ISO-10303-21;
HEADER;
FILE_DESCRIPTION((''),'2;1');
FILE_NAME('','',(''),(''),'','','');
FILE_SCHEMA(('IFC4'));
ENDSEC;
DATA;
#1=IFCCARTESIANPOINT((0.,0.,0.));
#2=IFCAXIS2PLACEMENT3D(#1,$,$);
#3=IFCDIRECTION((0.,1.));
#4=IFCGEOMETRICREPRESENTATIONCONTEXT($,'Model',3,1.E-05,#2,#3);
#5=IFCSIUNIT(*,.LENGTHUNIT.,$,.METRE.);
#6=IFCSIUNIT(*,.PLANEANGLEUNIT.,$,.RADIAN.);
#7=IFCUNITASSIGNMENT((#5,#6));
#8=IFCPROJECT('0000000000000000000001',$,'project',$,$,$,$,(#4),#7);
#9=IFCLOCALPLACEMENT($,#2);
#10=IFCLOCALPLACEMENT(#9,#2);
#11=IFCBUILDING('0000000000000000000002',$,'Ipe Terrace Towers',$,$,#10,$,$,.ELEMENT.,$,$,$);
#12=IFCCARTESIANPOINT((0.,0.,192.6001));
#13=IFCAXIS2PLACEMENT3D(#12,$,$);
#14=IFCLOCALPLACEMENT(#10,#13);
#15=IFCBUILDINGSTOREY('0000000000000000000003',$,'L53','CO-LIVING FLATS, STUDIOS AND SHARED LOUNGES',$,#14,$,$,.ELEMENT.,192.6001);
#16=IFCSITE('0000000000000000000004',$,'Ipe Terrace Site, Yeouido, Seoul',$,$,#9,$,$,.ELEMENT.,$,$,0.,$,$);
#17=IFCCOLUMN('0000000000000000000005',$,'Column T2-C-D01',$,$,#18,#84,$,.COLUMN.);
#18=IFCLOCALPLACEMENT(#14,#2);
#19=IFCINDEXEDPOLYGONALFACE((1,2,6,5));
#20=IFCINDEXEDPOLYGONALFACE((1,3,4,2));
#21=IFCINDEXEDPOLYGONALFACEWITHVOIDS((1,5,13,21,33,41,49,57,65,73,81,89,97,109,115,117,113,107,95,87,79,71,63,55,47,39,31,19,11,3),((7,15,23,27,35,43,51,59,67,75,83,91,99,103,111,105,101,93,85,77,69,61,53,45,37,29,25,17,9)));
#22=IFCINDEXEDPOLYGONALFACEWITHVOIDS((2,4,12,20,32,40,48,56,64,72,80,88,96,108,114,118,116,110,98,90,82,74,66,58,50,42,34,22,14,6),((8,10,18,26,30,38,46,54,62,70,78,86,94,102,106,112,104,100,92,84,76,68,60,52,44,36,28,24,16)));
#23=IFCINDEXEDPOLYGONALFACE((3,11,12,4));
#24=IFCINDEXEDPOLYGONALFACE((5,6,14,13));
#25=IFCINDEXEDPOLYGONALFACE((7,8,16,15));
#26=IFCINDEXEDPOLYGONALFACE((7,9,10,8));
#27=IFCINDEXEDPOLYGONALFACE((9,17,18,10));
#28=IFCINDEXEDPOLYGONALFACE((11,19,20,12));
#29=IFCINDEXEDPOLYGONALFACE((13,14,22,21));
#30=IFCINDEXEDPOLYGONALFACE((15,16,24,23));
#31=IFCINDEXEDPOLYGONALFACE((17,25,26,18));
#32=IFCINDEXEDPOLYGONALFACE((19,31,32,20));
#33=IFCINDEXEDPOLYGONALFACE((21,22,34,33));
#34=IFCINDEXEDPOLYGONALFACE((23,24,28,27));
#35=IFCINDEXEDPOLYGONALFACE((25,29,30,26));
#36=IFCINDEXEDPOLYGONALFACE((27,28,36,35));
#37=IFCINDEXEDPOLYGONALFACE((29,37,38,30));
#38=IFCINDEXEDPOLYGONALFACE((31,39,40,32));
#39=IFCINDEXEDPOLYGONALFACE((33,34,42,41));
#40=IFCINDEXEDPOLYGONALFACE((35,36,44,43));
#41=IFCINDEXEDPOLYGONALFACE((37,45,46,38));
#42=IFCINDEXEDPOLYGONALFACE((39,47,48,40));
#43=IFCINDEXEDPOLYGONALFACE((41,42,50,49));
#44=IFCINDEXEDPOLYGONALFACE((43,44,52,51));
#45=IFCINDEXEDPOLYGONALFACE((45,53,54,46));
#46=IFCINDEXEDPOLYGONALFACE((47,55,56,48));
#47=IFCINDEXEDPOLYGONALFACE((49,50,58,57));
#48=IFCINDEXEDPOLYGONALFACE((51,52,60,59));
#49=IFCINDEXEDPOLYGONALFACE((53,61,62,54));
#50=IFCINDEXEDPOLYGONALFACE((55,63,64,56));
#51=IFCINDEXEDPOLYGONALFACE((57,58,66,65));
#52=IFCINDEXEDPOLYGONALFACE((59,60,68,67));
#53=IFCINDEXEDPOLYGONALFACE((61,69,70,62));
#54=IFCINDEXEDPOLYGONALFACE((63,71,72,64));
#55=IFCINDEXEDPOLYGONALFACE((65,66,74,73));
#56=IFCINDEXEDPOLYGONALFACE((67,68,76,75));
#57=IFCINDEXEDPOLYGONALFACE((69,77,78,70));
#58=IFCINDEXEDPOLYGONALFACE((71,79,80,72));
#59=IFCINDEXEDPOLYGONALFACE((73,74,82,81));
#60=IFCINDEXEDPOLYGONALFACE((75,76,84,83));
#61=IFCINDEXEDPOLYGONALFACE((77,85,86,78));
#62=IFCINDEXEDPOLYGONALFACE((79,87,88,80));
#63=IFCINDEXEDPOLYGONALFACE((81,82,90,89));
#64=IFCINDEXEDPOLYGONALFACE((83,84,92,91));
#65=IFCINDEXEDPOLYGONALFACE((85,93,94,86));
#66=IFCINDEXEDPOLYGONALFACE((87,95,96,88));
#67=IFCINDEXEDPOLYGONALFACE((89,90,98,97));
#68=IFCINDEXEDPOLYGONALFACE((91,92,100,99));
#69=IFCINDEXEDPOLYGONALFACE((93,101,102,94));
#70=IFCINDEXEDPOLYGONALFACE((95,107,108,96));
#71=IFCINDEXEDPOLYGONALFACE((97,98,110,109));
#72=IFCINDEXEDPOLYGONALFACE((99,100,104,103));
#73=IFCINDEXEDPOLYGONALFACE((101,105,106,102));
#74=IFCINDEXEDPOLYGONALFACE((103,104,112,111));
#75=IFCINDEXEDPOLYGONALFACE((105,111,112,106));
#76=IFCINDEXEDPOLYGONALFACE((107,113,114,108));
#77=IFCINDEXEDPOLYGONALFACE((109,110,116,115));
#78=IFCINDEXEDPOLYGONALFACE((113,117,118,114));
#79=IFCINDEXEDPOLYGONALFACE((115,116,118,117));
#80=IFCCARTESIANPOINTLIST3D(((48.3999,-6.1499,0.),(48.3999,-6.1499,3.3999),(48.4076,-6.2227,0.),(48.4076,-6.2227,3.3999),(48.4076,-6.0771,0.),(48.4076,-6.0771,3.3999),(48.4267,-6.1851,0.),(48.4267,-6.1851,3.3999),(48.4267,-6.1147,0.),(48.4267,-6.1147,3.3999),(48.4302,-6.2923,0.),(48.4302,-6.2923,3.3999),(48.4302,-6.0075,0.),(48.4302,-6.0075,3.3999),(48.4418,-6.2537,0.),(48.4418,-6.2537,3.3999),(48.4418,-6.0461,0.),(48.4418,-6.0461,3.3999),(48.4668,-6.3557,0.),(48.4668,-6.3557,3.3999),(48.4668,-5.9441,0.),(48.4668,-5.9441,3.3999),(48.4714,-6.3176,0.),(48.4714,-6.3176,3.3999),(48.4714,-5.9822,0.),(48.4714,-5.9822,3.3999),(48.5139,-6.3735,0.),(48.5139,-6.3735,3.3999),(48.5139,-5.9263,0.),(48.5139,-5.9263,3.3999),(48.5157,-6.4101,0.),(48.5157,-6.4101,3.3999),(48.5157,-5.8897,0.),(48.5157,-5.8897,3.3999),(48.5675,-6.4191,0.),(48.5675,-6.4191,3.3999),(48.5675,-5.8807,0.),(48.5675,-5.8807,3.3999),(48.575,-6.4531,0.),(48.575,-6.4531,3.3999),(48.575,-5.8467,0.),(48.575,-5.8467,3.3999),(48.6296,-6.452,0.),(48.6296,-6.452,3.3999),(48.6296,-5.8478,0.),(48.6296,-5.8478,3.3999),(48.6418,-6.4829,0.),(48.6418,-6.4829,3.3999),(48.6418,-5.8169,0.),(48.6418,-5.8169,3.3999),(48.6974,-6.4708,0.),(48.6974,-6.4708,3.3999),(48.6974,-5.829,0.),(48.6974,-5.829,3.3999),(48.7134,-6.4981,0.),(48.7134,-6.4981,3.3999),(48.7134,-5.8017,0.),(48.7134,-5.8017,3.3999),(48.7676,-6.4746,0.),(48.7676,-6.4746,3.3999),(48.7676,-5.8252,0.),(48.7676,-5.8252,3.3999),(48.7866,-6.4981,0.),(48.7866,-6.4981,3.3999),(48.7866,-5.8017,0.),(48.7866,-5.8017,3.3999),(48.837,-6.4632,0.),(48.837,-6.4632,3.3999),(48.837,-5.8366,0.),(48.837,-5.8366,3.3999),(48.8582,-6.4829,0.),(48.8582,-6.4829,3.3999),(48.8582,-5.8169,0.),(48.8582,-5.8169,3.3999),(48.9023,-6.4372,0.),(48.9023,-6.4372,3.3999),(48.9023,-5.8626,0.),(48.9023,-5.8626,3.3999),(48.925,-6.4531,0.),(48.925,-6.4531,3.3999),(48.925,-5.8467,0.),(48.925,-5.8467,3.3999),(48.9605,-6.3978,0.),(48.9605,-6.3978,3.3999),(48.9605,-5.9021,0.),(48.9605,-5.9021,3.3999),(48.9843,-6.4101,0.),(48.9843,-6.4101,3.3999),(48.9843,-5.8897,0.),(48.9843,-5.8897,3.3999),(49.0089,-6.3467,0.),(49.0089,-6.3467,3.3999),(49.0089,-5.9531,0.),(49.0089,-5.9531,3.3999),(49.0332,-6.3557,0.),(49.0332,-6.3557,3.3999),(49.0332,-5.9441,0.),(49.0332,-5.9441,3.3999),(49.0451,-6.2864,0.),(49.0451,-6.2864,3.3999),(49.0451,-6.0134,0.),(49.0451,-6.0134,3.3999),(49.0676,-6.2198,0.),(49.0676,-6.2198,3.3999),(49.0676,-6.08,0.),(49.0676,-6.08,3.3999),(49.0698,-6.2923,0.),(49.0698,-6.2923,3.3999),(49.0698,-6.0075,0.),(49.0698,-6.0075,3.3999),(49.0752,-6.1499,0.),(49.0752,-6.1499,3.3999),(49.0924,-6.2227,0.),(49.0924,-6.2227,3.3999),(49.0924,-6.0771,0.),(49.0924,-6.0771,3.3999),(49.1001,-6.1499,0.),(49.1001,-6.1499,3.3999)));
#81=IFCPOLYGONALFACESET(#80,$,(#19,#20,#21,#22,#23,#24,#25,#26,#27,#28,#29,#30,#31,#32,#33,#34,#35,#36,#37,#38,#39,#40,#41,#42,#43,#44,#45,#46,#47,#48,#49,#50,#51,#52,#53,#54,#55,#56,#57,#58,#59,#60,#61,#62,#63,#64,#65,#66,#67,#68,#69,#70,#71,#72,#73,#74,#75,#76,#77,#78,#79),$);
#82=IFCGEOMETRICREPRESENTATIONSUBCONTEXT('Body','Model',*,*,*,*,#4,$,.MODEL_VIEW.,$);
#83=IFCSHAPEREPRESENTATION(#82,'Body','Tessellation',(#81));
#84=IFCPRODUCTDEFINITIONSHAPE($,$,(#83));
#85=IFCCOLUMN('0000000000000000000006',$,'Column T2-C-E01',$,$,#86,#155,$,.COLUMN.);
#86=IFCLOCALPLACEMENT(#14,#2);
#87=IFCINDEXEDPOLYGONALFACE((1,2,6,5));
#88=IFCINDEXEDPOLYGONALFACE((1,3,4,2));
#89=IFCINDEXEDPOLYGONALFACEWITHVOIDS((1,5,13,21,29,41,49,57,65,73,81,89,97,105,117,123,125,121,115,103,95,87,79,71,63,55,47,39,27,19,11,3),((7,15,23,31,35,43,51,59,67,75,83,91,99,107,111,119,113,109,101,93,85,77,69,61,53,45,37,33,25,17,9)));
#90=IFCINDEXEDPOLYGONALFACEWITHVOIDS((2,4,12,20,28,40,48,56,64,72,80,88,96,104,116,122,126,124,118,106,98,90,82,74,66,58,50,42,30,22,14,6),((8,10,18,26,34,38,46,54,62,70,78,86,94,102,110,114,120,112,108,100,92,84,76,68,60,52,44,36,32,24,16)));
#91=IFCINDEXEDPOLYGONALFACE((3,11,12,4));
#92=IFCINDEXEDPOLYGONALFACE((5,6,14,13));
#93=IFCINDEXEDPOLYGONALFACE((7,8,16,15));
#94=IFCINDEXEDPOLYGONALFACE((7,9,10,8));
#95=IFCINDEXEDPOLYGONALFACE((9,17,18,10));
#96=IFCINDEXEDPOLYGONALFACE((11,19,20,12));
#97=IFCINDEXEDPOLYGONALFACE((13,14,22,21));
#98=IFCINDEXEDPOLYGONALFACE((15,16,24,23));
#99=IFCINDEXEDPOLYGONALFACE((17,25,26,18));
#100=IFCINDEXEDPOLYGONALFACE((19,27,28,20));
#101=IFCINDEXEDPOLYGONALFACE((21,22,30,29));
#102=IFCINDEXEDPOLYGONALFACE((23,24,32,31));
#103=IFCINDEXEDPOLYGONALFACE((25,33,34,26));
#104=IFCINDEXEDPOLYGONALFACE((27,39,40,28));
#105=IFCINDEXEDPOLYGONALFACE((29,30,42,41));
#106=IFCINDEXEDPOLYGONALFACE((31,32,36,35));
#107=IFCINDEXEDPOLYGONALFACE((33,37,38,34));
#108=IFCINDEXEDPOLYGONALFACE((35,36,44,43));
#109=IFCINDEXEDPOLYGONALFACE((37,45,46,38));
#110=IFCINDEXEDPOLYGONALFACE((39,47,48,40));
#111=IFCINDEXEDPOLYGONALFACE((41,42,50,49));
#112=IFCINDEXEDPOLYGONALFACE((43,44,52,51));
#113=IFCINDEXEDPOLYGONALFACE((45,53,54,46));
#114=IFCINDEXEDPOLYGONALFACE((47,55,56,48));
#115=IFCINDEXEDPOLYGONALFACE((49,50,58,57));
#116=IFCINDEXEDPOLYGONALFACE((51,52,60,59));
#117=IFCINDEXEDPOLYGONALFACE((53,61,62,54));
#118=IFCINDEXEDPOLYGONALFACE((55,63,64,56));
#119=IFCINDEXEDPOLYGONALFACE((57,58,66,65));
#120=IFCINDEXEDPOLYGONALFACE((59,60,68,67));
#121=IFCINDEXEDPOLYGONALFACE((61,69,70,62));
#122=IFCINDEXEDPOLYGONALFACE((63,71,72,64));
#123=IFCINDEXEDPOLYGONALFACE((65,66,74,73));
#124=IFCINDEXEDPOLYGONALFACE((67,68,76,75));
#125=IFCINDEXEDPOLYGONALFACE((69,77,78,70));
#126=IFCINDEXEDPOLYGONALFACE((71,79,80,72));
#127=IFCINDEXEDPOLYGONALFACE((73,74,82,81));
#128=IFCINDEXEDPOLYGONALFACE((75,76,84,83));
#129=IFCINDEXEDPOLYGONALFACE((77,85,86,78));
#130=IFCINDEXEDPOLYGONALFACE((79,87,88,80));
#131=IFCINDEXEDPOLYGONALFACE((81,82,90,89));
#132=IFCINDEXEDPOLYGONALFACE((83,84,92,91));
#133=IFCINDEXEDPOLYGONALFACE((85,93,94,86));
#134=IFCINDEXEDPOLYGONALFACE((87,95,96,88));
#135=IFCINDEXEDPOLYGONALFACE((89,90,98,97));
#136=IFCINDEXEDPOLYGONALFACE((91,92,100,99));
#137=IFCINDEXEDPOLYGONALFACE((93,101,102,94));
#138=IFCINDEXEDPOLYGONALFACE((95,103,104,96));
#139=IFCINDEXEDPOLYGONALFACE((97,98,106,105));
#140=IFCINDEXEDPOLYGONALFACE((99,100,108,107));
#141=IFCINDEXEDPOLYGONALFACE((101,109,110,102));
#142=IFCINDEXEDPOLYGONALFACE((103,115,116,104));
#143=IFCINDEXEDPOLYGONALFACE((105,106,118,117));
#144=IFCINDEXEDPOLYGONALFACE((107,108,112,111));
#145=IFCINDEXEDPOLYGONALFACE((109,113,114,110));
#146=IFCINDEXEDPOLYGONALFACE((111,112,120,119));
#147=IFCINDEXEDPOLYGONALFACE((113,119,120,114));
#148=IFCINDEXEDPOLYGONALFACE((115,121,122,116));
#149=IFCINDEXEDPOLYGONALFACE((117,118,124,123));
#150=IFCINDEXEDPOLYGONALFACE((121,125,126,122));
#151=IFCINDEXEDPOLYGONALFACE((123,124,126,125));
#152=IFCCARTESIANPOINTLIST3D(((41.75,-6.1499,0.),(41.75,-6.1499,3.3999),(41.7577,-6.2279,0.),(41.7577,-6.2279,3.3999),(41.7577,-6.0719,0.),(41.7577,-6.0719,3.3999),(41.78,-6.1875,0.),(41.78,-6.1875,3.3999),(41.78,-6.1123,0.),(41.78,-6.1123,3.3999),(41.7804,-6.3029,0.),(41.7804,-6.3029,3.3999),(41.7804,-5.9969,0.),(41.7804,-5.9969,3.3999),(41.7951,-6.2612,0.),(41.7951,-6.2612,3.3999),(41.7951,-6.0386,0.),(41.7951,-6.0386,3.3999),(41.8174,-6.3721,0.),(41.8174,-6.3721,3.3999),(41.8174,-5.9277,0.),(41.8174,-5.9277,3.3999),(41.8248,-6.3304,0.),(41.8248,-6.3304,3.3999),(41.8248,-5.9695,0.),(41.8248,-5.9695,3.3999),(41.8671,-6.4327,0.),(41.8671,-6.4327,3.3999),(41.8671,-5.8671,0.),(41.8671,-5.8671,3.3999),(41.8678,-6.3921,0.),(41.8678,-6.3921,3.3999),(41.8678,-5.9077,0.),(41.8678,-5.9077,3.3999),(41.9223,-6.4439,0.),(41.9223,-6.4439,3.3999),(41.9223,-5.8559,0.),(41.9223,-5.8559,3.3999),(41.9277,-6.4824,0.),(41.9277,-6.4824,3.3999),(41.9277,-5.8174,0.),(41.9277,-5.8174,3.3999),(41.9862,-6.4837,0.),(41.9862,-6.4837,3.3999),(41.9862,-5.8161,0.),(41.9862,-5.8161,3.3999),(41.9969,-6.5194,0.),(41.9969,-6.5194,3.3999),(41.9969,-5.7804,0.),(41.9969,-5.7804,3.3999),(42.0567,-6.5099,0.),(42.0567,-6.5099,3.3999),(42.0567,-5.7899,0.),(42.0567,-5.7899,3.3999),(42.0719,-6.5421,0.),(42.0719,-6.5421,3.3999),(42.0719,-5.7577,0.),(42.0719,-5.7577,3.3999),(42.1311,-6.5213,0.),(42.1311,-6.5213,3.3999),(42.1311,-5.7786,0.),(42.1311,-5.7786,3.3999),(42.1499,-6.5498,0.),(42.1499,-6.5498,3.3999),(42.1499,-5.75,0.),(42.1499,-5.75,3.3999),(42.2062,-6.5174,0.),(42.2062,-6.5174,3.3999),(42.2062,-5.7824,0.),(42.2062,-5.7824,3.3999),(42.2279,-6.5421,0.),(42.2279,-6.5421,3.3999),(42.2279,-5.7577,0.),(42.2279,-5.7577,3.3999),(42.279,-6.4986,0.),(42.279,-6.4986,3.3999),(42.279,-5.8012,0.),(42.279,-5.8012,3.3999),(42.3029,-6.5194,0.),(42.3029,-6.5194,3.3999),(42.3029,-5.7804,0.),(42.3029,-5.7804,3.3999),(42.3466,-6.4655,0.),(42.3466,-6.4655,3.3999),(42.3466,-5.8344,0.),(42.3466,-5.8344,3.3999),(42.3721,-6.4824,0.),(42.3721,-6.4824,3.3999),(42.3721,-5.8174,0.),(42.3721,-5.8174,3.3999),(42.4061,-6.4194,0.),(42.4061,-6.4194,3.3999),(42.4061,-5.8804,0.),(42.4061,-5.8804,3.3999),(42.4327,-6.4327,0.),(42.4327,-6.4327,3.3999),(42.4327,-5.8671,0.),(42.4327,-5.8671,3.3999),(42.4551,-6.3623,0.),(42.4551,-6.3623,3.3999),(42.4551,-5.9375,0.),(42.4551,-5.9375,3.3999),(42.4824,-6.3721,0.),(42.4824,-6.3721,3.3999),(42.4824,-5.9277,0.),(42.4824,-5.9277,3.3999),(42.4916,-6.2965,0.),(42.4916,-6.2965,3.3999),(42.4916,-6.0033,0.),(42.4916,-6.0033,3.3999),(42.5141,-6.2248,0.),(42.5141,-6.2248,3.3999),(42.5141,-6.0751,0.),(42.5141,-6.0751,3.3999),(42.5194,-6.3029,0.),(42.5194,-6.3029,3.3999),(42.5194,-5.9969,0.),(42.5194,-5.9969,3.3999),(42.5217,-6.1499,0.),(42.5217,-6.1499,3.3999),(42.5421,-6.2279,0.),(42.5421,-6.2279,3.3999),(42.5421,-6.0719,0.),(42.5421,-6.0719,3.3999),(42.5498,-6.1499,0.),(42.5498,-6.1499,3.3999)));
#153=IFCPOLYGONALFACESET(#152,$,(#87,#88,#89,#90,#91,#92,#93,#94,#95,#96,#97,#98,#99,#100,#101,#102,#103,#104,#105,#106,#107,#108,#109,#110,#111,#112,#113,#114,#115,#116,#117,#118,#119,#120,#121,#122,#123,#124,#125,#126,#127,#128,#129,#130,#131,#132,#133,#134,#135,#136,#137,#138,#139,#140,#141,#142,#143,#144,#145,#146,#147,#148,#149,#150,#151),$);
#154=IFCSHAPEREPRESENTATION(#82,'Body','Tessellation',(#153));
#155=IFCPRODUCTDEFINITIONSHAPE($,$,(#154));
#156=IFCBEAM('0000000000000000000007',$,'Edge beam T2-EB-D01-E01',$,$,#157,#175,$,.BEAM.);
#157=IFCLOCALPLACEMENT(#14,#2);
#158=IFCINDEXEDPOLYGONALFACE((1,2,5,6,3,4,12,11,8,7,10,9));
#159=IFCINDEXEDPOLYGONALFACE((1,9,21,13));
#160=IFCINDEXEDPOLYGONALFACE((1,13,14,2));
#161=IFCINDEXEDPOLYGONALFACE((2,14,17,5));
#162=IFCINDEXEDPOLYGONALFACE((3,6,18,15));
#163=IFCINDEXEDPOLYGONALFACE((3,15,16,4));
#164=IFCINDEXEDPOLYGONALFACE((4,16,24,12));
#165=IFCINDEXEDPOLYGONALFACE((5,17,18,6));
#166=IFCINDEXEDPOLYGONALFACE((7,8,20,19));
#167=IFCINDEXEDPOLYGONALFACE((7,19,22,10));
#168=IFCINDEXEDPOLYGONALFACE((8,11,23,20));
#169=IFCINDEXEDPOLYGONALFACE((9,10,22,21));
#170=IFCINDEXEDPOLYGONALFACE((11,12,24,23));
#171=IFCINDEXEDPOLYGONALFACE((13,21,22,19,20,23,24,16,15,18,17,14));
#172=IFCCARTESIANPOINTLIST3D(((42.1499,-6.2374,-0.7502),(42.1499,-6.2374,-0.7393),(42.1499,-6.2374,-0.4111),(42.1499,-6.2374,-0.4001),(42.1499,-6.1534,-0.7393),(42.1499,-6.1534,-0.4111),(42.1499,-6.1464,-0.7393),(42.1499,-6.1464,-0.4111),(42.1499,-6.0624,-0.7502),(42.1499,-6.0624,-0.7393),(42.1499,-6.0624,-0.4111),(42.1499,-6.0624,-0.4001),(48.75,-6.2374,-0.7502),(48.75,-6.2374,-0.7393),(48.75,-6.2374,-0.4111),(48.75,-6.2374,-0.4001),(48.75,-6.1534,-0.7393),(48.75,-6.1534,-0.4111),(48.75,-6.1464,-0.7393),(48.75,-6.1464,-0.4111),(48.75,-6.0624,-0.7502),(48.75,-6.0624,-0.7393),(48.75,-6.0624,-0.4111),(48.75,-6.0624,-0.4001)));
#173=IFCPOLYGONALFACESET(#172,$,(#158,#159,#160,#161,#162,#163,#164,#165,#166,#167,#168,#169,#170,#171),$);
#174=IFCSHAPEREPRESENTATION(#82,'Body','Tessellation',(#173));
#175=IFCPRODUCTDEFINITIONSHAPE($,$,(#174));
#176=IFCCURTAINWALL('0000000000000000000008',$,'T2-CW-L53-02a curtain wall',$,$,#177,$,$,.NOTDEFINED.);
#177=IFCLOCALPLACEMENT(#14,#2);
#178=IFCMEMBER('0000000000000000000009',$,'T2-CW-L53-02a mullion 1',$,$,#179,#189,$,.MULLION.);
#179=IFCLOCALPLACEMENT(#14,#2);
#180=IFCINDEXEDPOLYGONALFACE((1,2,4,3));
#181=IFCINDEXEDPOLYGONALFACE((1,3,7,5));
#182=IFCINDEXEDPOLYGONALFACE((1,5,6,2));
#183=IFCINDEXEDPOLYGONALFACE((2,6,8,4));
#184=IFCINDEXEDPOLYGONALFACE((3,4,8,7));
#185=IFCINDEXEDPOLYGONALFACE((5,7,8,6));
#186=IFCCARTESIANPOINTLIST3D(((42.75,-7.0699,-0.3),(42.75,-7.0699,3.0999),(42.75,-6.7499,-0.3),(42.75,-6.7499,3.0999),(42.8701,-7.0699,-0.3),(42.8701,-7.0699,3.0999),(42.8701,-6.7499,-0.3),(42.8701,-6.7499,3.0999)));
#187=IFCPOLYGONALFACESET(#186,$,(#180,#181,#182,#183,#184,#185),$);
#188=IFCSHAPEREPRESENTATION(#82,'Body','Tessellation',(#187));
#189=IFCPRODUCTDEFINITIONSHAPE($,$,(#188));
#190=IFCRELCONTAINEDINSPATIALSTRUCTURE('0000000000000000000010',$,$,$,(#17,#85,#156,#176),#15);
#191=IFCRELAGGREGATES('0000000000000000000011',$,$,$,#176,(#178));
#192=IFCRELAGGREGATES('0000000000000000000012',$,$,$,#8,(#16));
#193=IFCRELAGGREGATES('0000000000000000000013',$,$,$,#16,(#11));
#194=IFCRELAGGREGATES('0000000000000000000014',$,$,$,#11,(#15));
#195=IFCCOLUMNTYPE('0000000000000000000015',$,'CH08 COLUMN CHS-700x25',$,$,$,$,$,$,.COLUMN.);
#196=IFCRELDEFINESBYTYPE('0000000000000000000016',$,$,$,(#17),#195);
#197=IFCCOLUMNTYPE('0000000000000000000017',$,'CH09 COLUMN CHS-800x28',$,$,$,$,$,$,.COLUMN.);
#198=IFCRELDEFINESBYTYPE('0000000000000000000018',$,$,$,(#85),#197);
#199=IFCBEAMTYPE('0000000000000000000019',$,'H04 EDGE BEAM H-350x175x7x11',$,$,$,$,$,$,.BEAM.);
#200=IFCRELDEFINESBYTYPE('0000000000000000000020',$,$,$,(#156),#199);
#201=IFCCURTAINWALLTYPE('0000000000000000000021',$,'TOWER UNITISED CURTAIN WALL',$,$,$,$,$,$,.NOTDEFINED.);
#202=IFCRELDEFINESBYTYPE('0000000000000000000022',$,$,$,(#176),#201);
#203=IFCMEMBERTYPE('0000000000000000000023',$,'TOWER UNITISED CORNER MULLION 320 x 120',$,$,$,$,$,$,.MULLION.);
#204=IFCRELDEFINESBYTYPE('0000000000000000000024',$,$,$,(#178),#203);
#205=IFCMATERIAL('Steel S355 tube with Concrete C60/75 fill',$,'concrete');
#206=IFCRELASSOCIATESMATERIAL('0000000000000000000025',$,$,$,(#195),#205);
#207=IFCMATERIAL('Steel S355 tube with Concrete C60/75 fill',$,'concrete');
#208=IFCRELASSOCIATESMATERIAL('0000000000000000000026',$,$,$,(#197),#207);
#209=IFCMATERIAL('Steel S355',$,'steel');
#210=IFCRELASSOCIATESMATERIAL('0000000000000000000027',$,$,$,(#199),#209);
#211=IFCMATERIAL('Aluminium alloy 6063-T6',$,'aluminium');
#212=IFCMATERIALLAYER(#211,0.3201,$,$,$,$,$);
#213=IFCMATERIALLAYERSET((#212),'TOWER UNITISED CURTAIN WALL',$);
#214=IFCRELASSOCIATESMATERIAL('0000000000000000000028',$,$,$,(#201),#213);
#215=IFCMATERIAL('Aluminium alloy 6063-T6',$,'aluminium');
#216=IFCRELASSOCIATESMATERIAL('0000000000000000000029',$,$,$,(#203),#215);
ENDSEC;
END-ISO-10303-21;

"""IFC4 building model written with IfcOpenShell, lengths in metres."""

from ifc_helpers import new_model, si_unit, direction, frame, origin, origin_2d, place, context, subcontext, project, spatial, rectangle, hollow_circle, i_section, extrude, material, layer, layer_set, material_profile, profile_set, type_object, element, aggregate, save


model = new_model("IFC4")

# Units and contexts
model_context = context("Model", 3, precision=1e-05, world=origin(), true_north=direction((0.0, 1.0)))
body_context = subcontext(model_context, "Body", "Model", "MODEL_VIEW")
ifc_project = project(units=[si_unit("LENGTHUNIT", "METRE"), si_unit("PLANEANGLEUNIT", "RADIAN")], contexts=[model_context])

# Site, building, storey
site_placement = place(None, origin())
site = spatial("IfcSite", under=ifc_project, at=site_placement, Name="Ipe Terrace Site, Yeouido, Seoul", CompositionType="ELEMENT", RefElevation=0.0)
building_placement = place(site_placement, origin())
building = spatial("IfcBuilding", under=site, at=building_placement, Name="Ipe Terrace Towers", CompositionType="ELEMENT")
storey_placement = place(building_placement, frame((0.0, 0.0, 192.6001)))
storey = spatial("IfcBuildingStorey", under=building, at=storey_placement, Name="L53", Description="CO-LIVING FLATS, STUDIOS AND SHARED LOUNGES", CompositionType="ELEMENT", Elevation=192.6001)

# Columns
ifc_material_1 = material(Name="Steel S355 tube with Concrete C60/75 fill", Category="concrete")
ifc_material_profile_1 = material_profile(ifc_material_1, hollow_circle(Radius=0.3501, WallThickness=0.0249, at=origin_2d()), Name="CHS-700x25")
ifc_profile_set_1 = profile_set([ifc_material_profile_1], Name="Steel S355 tube with Concrete C60/75 fill")
column_type_1 = type_object("IfcColumnType", Name="CH08 COLUMN CHS-700x25", PredefinedType="COLUMN", material=ifc_profile_set_1)
column_1_placement = place(storey_placement, frame((48.75, -6.1499, 0.0), z_axis=(0.0, 0.0, 1.0), x_axis=(1.0, 0.0, 0.0)))
element("IfcColumn", 1, at=column_1_placement, inside=storey, type_object=column_type_1, Name="Column T2-C-D01", PredefinedType="COLUMN", context=body_context, shape_type="SweptSolid", body=[
    extrude(hollow_circle(Radius=0.3501, WallThickness=0.0249, at=origin_2d()), origin(), (0.0, 0.0, 1.0), 3.3999),
])
ifc_material_2 = material(Name="Steel S355 tube with Concrete C60/75 fill", Category="concrete")
ifc_material_profile_2 = material_profile(ifc_material_2, hollow_circle(Radius=0.3999, WallThickness=0.0281, at=origin_2d()), Name="CHS-800x28")
ifc_profile_set_2 = profile_set([ifc_material_profile_2], Name="Steel S355 tube with Concrete C60/75 fill")
column_type_2 = type_object("IfcColumnType", Name="CH09 COLUMN CHS-800x28", PredefinedType="COLUMN", material=ifc_profile_set_2)
column_2_placement = place(storey_placement, frame((42.1499, -6.1499, 0.0), z_axis=(0.0, 0.0, 1.0), x_axis=(1.0, 0.0, 0.0)))
element("IfcColumn", 2, at=column_2_placement, inside=storey, type_object=column_type_2, Name="Column T2-C-E01", PredefinedType="COLUMN", context=body_context, shape_type="SweptSolid", body=[
    extrude(hollow_circle(Radius=0.3999, WallThickness=0.0281, at=origin_2d()), origin(), (0.0, 0.0, 1.0), 3.3999),
])

# Beam
ifc_material_3 = material(Name="Steel S355", Category="steel")
ifc_material_profile_3 = material_profile(ifc_material_3, i_section(OverallWidth=0.175, OverallDepth=0.3501, WebThickness=0.0071, FlangeThickness=0.011, at=origin_2d()), Name="H-350x175x7x11")
ifc_profile_set_3 = profile_set([ifc_material_profile_3], Name="Steel S355")
beam_type = type_object("IfcBeamType", Name="H04 EDGE BEAM H-350x175x7x11", PredefinedType="BEAM", material=ifc_profile_set_3)
beam_placement = place(storey_placement, frame((48.75, -6.1499, -0.5752), z_axis=(-1.0, 0.0, 0.0), x_axis=(0.0, -1.0, 0.0)))
element("IfcBeam", 3, at=beam_placement, inside=storey, type_object=beam_type, Name="Edge beam T2-EB-D01-E01", PredefinedType="BEAM", context=body_context, shape_type="SweptSolid", body=[
    extrude(i_section(OverallWidth=0.175, OverallDepth=0.3501, WebThickness=0.0071, FlangeThickness=0.011, at=origin_2d()), origin(), (0.0, 0.0, 1.0), 6.6001),
])

# Curtain wall, member
ifc_material_4 = material(Name="Aluminium alloy 6063-T6", Category="aluminium")
ifc_layer_1 = layer(ifc_material_4, 0.3201)
ifc_layer_set_1 = layer_set([ifc_layer_1], Name="TOWER UNITISED CURTAIN WALL")
curtain_wall_type = type_object("IfcCurtainWallType", Name="TOWER UNITISED CURTAIN WALL", PredefinedType="NOTDEFINED", material=ifc_layer_set_1)
curtain_wall_1_placement = place(storey_placement, origin())
curtain_wall_1 = element("IfcCurtainWall", 4, at=curtain_wall_1_placement, inside=storey, type_object=curtain_wall_type, Name="T2-CW-L53-02a curtain wall", PredefinedType="NOTDEFINED")
ifc_material_5 = material(Name="Aluminium alloy 6063-T6", Category="aluminium")
ifc_material_profile_4 = material_profile(ifc_material_5, rectangle(XDim=0.3201, YDim=0.1201, at=origin_2d()), Name="TOWER UNITISED CORNER MULLION 320 x 120")
ifc_profile_set_4 = profile_set([ifc_material_profile_4], Name="Aluminium alloy 6063-T6")
member_type = type_object("IfcMemberType", Name="TOWER UNITISED CORNER MULLION 320 x 120", PredefinedType="MULLION", material=ifc_profile_set_4)
member_1_placement = place(storey_placement, frame((42.8101, -6.9099, -0.3), z_axis=(0.0, 0.0, 1.0), x_axis=(0.0, -1.0, 0.0)))
member_1 = element("IfcMember", 5, at=member_1_placement, type_object=member_type, Name="T2-CW-L53-02a mullion 1", PredefinedType="MULLION", context=body_context, shape_type="SweptSolid", body=[
    extrude(rectangle(XDim=0.3201, YDim=0.1201, at=origin_2d()), origin(), (0.0, 0.0, 1.0), 3.3999),
])

aggregate(curtain_wall_1, [member_1])

save(model, "model.ifc")
